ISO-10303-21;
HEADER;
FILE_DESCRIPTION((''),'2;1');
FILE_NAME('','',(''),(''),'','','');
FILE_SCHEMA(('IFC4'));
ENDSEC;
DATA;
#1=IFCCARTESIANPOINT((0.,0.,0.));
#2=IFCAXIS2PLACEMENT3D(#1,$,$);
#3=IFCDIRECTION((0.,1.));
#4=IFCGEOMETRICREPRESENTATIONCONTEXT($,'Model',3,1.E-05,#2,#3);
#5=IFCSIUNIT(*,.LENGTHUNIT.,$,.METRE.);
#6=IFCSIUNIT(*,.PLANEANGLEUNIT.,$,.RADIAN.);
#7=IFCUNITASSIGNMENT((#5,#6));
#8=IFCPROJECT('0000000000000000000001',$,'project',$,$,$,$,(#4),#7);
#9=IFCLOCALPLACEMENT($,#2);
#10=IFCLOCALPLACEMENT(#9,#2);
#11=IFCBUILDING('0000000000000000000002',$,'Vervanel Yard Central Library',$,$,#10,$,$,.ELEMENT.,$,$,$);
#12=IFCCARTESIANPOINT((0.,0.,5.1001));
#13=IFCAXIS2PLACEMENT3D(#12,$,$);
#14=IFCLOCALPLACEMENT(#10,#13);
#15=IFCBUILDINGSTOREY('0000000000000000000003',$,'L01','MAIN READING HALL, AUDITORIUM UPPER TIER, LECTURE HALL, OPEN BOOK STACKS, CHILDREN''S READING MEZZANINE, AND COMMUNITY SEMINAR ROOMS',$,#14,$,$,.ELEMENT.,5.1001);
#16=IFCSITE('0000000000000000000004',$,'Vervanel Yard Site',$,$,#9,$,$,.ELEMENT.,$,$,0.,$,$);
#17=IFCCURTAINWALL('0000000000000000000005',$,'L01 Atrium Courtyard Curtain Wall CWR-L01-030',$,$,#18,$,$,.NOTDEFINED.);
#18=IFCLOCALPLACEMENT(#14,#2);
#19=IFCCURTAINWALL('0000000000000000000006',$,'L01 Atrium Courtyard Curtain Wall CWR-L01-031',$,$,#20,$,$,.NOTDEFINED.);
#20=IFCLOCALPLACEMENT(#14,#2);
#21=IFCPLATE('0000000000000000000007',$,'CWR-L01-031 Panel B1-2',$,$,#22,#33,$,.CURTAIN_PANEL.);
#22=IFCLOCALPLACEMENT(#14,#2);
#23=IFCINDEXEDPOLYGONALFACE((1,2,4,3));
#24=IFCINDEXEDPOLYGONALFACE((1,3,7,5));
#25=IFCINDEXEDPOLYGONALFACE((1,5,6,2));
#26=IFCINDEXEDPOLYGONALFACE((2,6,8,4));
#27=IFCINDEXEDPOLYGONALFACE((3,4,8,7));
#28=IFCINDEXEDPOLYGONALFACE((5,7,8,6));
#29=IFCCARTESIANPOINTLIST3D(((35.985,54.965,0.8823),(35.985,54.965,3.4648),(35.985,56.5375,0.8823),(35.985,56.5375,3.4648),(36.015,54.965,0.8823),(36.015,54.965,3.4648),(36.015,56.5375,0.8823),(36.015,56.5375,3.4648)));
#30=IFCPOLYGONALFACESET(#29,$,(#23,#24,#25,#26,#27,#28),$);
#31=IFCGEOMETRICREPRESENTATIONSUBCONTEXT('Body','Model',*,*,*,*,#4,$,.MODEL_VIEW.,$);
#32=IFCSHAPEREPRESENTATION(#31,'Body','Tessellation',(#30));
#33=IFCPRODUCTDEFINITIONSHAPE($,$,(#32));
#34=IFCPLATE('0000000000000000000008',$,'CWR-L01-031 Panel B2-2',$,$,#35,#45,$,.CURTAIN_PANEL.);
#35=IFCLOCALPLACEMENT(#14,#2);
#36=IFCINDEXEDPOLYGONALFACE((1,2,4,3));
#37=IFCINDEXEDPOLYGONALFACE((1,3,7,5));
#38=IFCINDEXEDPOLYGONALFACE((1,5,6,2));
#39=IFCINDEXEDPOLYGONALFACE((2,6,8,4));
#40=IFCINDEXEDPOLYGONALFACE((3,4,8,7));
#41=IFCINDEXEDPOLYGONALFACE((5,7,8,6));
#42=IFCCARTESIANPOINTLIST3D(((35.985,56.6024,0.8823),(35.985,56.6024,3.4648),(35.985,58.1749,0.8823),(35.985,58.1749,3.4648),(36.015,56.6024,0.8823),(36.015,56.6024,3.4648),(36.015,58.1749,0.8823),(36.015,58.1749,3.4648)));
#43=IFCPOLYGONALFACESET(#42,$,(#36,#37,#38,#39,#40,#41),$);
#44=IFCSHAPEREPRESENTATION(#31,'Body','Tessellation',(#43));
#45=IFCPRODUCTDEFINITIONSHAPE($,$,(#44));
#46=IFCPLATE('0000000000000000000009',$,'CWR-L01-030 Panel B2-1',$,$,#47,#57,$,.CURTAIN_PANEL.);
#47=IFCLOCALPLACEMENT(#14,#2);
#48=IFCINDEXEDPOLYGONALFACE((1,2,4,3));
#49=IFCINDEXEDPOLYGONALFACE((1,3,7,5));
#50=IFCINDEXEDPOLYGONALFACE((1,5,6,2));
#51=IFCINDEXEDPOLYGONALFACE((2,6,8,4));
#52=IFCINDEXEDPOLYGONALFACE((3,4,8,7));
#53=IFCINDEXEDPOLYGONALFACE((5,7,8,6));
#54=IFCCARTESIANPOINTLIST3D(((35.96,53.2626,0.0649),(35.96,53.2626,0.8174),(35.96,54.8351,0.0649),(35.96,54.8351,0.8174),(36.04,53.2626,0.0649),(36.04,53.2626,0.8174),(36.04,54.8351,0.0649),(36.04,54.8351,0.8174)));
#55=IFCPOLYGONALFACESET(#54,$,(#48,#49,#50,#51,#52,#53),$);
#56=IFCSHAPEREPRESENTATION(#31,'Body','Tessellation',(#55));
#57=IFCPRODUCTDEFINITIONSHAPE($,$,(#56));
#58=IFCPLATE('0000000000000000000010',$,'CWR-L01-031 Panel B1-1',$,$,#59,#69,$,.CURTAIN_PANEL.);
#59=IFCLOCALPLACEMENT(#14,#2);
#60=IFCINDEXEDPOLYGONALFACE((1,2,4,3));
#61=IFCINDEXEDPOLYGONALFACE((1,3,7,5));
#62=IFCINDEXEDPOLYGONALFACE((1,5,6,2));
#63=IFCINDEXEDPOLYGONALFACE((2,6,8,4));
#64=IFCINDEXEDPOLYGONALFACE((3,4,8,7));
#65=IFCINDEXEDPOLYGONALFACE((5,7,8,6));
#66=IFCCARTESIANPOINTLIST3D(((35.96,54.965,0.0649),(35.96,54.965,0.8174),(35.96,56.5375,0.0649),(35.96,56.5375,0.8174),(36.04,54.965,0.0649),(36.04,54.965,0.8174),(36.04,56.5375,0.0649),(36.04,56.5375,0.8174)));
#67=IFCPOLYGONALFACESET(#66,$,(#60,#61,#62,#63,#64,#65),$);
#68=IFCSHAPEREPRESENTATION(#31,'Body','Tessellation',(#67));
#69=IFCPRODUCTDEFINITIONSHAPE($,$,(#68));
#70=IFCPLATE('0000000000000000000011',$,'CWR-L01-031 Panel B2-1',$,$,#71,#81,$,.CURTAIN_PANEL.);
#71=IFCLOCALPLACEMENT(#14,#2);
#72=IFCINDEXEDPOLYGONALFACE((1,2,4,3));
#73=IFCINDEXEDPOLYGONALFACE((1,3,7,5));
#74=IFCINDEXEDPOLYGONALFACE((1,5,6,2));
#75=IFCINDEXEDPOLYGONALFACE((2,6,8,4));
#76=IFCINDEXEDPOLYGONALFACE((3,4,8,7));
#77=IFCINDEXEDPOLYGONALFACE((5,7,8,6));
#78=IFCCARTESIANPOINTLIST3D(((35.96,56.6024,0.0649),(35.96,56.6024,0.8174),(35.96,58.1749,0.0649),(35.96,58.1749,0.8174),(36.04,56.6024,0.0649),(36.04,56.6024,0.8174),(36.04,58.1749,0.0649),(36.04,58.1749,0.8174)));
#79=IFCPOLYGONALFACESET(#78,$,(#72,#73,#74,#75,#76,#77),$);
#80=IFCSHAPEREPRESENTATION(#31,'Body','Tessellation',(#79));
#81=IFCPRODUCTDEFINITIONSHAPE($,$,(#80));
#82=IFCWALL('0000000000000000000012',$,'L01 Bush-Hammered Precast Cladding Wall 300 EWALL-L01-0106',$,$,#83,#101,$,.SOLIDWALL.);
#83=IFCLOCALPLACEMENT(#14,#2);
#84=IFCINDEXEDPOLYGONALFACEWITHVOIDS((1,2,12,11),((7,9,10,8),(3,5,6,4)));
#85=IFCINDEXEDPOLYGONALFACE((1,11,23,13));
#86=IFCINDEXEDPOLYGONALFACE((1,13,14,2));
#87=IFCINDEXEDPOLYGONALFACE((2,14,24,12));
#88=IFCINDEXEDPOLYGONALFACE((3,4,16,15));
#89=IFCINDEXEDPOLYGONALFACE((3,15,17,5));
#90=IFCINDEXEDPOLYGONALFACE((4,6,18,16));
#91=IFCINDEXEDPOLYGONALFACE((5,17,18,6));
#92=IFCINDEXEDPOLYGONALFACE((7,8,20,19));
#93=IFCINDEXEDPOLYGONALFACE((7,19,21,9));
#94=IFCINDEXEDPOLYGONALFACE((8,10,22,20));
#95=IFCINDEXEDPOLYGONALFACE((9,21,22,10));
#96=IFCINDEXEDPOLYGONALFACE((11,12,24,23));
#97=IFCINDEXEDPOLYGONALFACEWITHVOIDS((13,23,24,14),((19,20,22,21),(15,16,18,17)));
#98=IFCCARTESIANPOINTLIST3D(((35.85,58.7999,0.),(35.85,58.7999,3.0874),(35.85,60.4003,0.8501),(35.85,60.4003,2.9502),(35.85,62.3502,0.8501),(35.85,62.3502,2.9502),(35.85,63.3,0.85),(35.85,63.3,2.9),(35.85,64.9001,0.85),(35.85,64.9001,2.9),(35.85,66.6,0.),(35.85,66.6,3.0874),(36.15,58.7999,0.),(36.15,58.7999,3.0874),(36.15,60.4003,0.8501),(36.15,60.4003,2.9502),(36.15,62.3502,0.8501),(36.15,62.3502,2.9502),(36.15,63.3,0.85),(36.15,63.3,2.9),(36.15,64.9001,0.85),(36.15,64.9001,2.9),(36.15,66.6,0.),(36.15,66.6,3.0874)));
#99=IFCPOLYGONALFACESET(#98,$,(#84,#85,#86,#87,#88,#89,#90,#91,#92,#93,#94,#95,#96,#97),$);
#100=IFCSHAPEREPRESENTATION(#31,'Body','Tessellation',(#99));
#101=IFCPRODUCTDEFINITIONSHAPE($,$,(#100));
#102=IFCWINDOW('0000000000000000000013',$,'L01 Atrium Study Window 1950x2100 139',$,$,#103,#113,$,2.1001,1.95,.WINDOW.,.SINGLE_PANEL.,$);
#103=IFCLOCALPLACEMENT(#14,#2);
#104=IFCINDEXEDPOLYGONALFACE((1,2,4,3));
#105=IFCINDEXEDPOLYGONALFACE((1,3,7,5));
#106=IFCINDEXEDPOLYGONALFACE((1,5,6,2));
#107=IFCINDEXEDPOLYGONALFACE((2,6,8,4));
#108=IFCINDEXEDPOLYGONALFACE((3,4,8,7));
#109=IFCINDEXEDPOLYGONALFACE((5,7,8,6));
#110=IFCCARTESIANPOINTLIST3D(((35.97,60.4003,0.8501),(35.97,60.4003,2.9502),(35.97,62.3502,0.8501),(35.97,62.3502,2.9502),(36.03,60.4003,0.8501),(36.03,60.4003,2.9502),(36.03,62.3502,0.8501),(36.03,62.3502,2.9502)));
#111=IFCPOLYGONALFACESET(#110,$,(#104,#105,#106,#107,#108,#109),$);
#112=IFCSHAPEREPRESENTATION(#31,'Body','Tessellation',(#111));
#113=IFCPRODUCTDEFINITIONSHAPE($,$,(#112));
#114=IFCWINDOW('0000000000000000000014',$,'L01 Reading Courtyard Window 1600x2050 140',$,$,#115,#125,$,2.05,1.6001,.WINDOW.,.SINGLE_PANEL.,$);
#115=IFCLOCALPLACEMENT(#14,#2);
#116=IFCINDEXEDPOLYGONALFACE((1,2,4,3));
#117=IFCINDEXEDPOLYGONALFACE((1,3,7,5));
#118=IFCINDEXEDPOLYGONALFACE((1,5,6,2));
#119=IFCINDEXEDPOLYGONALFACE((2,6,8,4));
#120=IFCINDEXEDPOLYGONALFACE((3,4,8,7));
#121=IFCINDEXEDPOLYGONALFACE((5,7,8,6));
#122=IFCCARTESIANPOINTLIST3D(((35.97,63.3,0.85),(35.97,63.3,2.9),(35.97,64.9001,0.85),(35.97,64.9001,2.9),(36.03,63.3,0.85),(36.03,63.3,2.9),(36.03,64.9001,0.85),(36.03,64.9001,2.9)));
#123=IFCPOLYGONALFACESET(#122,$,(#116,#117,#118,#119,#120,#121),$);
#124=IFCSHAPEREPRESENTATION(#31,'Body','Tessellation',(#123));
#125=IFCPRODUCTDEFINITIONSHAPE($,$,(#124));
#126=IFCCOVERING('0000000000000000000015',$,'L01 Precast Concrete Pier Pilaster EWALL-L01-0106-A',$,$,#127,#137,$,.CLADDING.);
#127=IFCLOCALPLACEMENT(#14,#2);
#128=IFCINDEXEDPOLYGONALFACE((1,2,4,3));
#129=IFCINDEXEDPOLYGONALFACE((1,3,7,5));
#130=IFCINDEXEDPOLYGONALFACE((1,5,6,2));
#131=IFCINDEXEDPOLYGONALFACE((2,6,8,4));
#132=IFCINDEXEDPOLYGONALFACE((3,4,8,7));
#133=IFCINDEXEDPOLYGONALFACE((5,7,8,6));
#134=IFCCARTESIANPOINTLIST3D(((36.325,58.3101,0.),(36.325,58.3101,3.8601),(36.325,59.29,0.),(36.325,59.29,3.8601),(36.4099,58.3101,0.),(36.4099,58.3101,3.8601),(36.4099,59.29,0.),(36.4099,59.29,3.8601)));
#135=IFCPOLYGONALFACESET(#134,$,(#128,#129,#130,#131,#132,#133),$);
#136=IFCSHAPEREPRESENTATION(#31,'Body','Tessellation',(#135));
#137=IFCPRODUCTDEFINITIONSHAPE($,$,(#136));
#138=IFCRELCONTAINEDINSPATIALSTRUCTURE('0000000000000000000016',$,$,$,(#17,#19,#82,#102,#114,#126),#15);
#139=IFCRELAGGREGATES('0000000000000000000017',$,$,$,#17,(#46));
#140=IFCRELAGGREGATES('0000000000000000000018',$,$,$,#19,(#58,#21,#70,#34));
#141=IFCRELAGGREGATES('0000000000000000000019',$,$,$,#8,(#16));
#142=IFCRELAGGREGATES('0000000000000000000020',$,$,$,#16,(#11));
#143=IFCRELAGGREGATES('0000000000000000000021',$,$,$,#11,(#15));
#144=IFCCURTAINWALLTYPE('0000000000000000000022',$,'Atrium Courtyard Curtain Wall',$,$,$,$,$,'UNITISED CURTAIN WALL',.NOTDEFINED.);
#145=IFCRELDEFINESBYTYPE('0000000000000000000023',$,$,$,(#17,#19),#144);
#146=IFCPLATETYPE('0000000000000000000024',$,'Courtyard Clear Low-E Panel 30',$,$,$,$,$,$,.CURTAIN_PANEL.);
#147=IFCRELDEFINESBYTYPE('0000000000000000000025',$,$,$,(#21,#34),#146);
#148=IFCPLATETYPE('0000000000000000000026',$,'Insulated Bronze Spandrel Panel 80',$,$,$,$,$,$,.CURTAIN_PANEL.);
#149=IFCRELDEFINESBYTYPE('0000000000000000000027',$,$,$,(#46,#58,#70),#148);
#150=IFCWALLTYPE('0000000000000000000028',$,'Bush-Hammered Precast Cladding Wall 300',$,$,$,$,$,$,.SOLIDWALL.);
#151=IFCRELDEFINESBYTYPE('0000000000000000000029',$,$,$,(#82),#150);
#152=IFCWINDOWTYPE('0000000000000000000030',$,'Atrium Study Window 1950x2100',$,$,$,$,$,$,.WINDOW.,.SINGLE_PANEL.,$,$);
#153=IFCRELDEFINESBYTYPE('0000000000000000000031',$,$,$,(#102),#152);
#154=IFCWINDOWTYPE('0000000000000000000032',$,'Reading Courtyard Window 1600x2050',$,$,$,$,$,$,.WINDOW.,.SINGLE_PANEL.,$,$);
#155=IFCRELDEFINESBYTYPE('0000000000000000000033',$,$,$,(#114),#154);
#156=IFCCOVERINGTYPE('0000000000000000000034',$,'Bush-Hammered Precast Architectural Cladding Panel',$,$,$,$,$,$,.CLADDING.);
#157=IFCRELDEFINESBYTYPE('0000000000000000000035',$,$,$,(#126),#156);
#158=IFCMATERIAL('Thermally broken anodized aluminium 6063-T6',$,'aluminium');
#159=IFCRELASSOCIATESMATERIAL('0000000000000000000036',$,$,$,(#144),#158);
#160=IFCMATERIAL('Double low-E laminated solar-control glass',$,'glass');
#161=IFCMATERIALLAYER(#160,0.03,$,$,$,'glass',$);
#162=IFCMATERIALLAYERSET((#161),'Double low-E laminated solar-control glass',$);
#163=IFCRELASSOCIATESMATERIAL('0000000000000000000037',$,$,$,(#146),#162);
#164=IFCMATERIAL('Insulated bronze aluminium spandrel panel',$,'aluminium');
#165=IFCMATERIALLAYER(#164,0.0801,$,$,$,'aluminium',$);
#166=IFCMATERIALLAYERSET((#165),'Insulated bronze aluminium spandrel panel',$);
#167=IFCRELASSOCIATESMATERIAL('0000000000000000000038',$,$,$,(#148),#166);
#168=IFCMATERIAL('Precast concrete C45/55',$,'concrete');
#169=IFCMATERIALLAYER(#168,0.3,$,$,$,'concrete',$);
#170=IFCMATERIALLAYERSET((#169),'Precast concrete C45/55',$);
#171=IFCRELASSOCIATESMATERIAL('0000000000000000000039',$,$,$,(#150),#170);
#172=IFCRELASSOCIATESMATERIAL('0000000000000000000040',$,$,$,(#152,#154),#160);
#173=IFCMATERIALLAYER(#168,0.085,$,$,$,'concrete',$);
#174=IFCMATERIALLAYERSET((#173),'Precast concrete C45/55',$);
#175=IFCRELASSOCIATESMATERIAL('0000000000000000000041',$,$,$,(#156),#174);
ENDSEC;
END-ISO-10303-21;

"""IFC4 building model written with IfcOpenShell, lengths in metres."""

from ifc_helpers import new_model, si_unit, direction, frame, frame_2d, origin, origin_2d, place, context, subcontext, project, spatial, rectangle, extrude, material, layer, layer_set, type_object, element, fill, aggregate, save


model = new_model("IFC4")

# Units and contexts
model_context = context("Model", 3, precision=1e-05, world=origin(), true_north=direction((0.0, 1.0)))
body_context = subcontext(model_context, "Body", "Model", "MODEL_VIEW")
ifc_project = project(units=[si_unit("LENGTHUNIT", "METRE"), si_unit("PLANEANGLEUNIT", "RADIAN")], contexts=[model_context])

# Site, building, storey
site_placement = place(None, origin())
site = spatial("IfcSite", under=ifc_project, at=site_placement, Name="Vervanel Yard Site", CompositionType="ELEMENT", RefElevation=0.0)
building_placement = place(site_placement, origin())
building = spatial("IfcBuilding", under=site, at=building_placement, Name="Vervanel Yard Central Library", CompositionType="ELEMENT")
storey_placement = place(building_placement, frame((0.0, 0.0, 5.1001)))
storey = spatial("IfcBuildingStorey", under=building, at=storey_placement, Name="L01", Description="MAIN READING HALL, AUDITORIUM UPPER TIER, LECTURE HALL, OPEN BOOK STACKS, CHILDREN'S READING MEZZANINE, AND COMMUNITY SEMINAR ROOMS", CompositionType="ELEMENT", Elevation=5.1001)

# Curtain wall
ifc_material_1 = material(Name="Thermally broken anodized aluminium 6063-T6", Category="aluminium")
curtain_wall_type = type_object("IfcCurtainWallType", Name="Atrium Courtyard Curtain Wall", ElementType="UNITISED CURTAIN WALL", PredefinedType="NOTDEFINED", material=ifc_material_1)
curtain_wall_1_placement = place(storey_placement, origin())
curtain_wall_1 = element("IfcCurtainWall", 1, at=curtain_wall_1_placement, inside=storey, type_object=curtain_wall_type, Name="L01 Atrium Courtyard Curtain Wall CWR-L01-030", PredefinedType="NOTDEFINED")

# Curtain wall
curtain_wall_2_placement = place(storey_placement, origin())
curtain_wall_2 = element("IfcCurtainWall", 2, at=curtain_wall_2_placement, inside=storey, type_object=curtain_wall_type, Name="L01 Atrium Courtyard Curtain Wall CWR-L01-031", PredefinedType="NOTDEFINED")

# Plates
ifc_material_2 = material(Name="Double low-E laminated solar-control glass", Category="glass")
ifc_layer_1 = layer(ifc_material_2, 0.03, Category="glass")
ifc_layer_set_1 = layer_set([ifc_layer_1], Name="Double low-E laminated solar-control glass")
plate_type_1 = type_object("IfcPlateType", Name="Courtyard Clear Low-E Panel 30", PredefinedType="CURTAIN_PANEL", material=ifc_layer_set_1)
plate_1_placement = place(storey_placement, frame((36.0, 55.7512, 0.8823), z_axis=(0.0, 0.0, 1.0), x_axis=(0.0, 1.0, 0.0)))
plate_1 = element("IfcPlate", 3, at=plate_1_placement, type_object=plate_type_1, Name="CWR-L01-031 Panel B1-2", PredefinedType="CURTAIN_PANEL", context=body_context, shape_type="SweptSolid", body=[
    extrude(rectangle(XDim=1.5725, YDim=0.03, at=origin_2d()), origin(), (0.0, 0.0, 1.0), 2.5825),
])
plate_2_placement = place(storey_placement, frame((36.0, 57.3887, 0.8823), z_axis=(0.0, 0.0, 1.0), x_axis=(0.0, 1.0, 0.0)))
plate_2 = element("IfcPlate", 4, at=plate_2_placement, type_object=plate_type_1, Name="CWR-L01-031 Panel B2-2", PredefinedType="CURTAIN_PANEL", context=body_context, shape_type="SweptSolid", body=[
    extrude(rectangle(XDim=1.5725, YDim=0.03, at=origin_2d()), origin(), (0.0, 0.0, 1.0), 2.5825),
])
ifc_material_3 = material(Name="Insulated bronze aluminium spandrel panel", Category="aluminium")
ifc_layer_2 = layer(ifc_material_3, 0.0801, Category="aluminium")
ifc_layer_set_2 = layer_set([ifc_layer_2], Name="Insulated bronze aluminium spandrel panel")
plate_type_2 = type_object("IfcPlateType", Name="Insulated Bronze Spandrel Panel 80", PredefinedType="CURTAIN_PANEL", material=ifc_layer_set_2)
plate_3_placement = place(storey_placement, frame((36.0, 54.0488, 0.0649), z_axis=(0.0, 0.0, 1.0), x_axis=(0.0, 1.0, 0.0)))
plate_3 = element("IfcPlate", 5, at=plate_3_placement, type_object=plate_type_2, Name="CWR-L01-030 Panel B2-1", PredefinedType="CURTAIN_PANEL", context=body_context, shape_type="SweptSolid", body=[
    extrude(rectangle(XDim=1.5725, YDim=0.0801, at=origin_2d()), origin(), (0.0, 0.0, 1.0), 0.7524),
])
aggregate(curtain_wall_1, [plate_3])
plate_4_placement = place(storey_placement, frame((36.0, 55.7512, 0.0649), z_axis=(0.0, 0.0, 1.0), x_axis=(0.0, 1.0, 0.0)))
plate_4 = element("IfcPlate", 6, at=plate_4_placement, type_object=plate_type_2, Name="CWR-L01-031 Panel B1-1", PredefinedType="CURTAIN_PANEL", context=body_context, shape_type="SweptSolid", body=[
    extrude(rectangle(XDim=1.5725, YDim=0.0801, at=origin_2d()), origin(), (0.0, 0.0, 1.0), 0.7524),
])
plate_5_placement = place(storey_placement, frame((36.0, 57.3887, 0.0649), z_axis=(0.0, 0.0, 1.0), x_axis=(0.0, 1.0, 0.0)))
plate_5 = element("IfcPlate", 7, at=plate_5_placement, type_object=plate_type_2, Name="CWR-L01-031 Panel B2-1", PredefinedType="CURTAIN_PANEL", context=body_context, shape_type="SweptSolid", body=[
    extrude(rectangle(XDim=1.5725, YDim=0.0801, at=origin_2d()), origin(), (0.0, 0.0, 1.0), 0.7524),
])
aggregate(curtain_wall_2, [plate_4, plate_1, plate_5, plate_2])

# Wall, openings, windows
ifc_material_4 = material(Name="Precast concrete C45/55", Category="concrete")
ifc_layer_3 = layer(ifc_material_4, 0.3, Category="concrete")
ifc_layer_set_3 = layer_set([ifc_layer_3], Name="Precast concrete C45/55")
wall_type = type_object("IfcWallType", Name="Bush-Hammered Precast Cladding Wall 300", PredefinedType="SOLIDWALL", material=ifc_layer_set_3)
wall_placement = place(storey_placement, frame((36.0, 58.8, 0.0), z_axis=(0.0, 0.0, 1.0), x_axis=(0.0, 1.0, 0.0)))
wall = element("IfcWall", 8, at=wall_placement, inside=storey, type_object=wall_type, Name="L01 Bush-Hammered Precast Cladding Wall 300 EWALL-L01-0106", PredefinedType="SOLIDWALL", context=body_context, shape_type="SweptSolid", body=[
    extrude(rectangle(XDim=7.8, YDim=0.3, at=frame_2d((3.8999, 0.0))), origin(), (0.0, 0.0, 1.0), 3.0874),
])
opening_1_placement = place(wall_placement, frame((1.6001, 0.0, 0.8501)))
opening_1 = element("IfcOpeningElement", 9, at=opening_1_placement, cuts=wall, PredefinedType="OPENING", context=body_context, shape_type="SweptSolid", body=[
    extrude(rectangle(XDim=1.95, YDim=2.1001, at=frame_2d((0.9751, 1.05))), frame((0.0, 0.1599, 0.0), z_axis=(0.0, -1.0, 0.0), x_axis=(1.0, 0.0, 0.0)), (0.0, 0.0, 1.0), 0.3201),
])
opening_2_placement = place(wall_placement, frame((4.5, 0.0, 0.8501)))
opening_2 = element("IfcOpeningElement", 10, at=opening_2_placement, cuts=wall, PredefinedType="OPENING", context=body_context, shape_type="SweptSolid", body=[
    extrude(rectangle(XDim=1.6001, YDim=2.05, at=frame_2d((0.8, 1.0249))), frame((0.0, 0.1599, 0.0), z_axis=(0.0, -1.0, 0.0), x_axis=(1.0, 0.0, 0.0)), (0.0, 0.0, 1.0), 0.3201),
])
window_type_1 = type_object("IfcWindowType", Name="Atrium Study Window 1950x2100", PartitioningType="SINGLE_PANEL", PredefinedType="WINDOW", material=ifc_material_2)
window_1_placement = place(opening_1_placement, origin())
window_1 = element("IfcWindow", 11, at=window_1_placement, inside=storey, type_object=window_type_1, Name="L01 Atrium Study Window 1950x2100 139", OverallHeight=2.1001, OverallWidth=1.95, PartitioningType="SINGLE_PANEL", PredefinedType="WINDOW", context=body_context, shape_type="SweptSolid", body=[
    extrude(rectangle(XDim=1.95, YDim=2.1001, at=frame_2d((0.9751, 1.05))), frame((0.0, 0.03, 0.0), z_axis=(0.0, -1.0, 0.0), x_axis=(1.0, 0.0, 0.0)), (0.0, 0.0, 1.0), 0.0601),
])
fill(opening_1, window_1)
window_type_2 = type_object("IfcWindowType", Name="Reading Courtyard Window 1600x2050", PartitioningType="SINGLE_PANEL", PredefinedType="WINDOW", material=ifc_material_2)
window_2_placement = place(opening_2_placement, origin())
window_2 = element("IfcWindow", 12, at=window_2_placement, inside=storey, type_object=window_type_2, Name="L01 Reading Courtyard Window 1600x2050 140", OverallHeight=2.05, OverallWidth=1.6001, PartitioningType="SINGLE_PANEL", PredefinedType="WINDOW", context=body_context, shape_type="SweptSolid", body=[
    extrude(rectangle(XDim=1.6001, YDim=2.05, at=frame_2d((0.8, 1.0249))), frame((0.0, 0.03, 0.0), z_axis=(0.0, -1.0, 0.0), x_axis=(1.0, 0.0, 0.0)), (0.0, 0.0, 1.0), 0.0601),
])
fill(opening_2, window_2)

# Covering
ifc_layer_4 = layer(ifc_material_4, 0.085, Category="concrete")
ifc_layer_set_4 = layer_set([ifc_layer_4], Name="Precast concrete C45/55")
covering_type = type_object("IfcCoveringType", Name="Bush-Hammered Precast Architectural Cladding Panel", PredefinedType="CLADDING", material=ifc_layer_set_4)
covering_placement = place(storey_placement, frame((36.3674, 58.8, 0.0), z_axis=(0.0, 0.0, 1.0), x_axis=(0.0, 1.0, 0.0)))
element("IfcCovering", 13, at=covering_placement, inside=storey, type_object=covering_type, Name="L01 Precast Concrete Pier Pilaster EWALL-L01-0106-A", PredefinedType="CLADDING", context=body_context, shape_type="SweptSolid", body=[
    extrude(rectangle(XDim=0.98, YDim=0.085, at=origin_2d()), origin(), (0.0, 0.0, 1.0), 3.8601),
])

save(model, "model.ifc")
